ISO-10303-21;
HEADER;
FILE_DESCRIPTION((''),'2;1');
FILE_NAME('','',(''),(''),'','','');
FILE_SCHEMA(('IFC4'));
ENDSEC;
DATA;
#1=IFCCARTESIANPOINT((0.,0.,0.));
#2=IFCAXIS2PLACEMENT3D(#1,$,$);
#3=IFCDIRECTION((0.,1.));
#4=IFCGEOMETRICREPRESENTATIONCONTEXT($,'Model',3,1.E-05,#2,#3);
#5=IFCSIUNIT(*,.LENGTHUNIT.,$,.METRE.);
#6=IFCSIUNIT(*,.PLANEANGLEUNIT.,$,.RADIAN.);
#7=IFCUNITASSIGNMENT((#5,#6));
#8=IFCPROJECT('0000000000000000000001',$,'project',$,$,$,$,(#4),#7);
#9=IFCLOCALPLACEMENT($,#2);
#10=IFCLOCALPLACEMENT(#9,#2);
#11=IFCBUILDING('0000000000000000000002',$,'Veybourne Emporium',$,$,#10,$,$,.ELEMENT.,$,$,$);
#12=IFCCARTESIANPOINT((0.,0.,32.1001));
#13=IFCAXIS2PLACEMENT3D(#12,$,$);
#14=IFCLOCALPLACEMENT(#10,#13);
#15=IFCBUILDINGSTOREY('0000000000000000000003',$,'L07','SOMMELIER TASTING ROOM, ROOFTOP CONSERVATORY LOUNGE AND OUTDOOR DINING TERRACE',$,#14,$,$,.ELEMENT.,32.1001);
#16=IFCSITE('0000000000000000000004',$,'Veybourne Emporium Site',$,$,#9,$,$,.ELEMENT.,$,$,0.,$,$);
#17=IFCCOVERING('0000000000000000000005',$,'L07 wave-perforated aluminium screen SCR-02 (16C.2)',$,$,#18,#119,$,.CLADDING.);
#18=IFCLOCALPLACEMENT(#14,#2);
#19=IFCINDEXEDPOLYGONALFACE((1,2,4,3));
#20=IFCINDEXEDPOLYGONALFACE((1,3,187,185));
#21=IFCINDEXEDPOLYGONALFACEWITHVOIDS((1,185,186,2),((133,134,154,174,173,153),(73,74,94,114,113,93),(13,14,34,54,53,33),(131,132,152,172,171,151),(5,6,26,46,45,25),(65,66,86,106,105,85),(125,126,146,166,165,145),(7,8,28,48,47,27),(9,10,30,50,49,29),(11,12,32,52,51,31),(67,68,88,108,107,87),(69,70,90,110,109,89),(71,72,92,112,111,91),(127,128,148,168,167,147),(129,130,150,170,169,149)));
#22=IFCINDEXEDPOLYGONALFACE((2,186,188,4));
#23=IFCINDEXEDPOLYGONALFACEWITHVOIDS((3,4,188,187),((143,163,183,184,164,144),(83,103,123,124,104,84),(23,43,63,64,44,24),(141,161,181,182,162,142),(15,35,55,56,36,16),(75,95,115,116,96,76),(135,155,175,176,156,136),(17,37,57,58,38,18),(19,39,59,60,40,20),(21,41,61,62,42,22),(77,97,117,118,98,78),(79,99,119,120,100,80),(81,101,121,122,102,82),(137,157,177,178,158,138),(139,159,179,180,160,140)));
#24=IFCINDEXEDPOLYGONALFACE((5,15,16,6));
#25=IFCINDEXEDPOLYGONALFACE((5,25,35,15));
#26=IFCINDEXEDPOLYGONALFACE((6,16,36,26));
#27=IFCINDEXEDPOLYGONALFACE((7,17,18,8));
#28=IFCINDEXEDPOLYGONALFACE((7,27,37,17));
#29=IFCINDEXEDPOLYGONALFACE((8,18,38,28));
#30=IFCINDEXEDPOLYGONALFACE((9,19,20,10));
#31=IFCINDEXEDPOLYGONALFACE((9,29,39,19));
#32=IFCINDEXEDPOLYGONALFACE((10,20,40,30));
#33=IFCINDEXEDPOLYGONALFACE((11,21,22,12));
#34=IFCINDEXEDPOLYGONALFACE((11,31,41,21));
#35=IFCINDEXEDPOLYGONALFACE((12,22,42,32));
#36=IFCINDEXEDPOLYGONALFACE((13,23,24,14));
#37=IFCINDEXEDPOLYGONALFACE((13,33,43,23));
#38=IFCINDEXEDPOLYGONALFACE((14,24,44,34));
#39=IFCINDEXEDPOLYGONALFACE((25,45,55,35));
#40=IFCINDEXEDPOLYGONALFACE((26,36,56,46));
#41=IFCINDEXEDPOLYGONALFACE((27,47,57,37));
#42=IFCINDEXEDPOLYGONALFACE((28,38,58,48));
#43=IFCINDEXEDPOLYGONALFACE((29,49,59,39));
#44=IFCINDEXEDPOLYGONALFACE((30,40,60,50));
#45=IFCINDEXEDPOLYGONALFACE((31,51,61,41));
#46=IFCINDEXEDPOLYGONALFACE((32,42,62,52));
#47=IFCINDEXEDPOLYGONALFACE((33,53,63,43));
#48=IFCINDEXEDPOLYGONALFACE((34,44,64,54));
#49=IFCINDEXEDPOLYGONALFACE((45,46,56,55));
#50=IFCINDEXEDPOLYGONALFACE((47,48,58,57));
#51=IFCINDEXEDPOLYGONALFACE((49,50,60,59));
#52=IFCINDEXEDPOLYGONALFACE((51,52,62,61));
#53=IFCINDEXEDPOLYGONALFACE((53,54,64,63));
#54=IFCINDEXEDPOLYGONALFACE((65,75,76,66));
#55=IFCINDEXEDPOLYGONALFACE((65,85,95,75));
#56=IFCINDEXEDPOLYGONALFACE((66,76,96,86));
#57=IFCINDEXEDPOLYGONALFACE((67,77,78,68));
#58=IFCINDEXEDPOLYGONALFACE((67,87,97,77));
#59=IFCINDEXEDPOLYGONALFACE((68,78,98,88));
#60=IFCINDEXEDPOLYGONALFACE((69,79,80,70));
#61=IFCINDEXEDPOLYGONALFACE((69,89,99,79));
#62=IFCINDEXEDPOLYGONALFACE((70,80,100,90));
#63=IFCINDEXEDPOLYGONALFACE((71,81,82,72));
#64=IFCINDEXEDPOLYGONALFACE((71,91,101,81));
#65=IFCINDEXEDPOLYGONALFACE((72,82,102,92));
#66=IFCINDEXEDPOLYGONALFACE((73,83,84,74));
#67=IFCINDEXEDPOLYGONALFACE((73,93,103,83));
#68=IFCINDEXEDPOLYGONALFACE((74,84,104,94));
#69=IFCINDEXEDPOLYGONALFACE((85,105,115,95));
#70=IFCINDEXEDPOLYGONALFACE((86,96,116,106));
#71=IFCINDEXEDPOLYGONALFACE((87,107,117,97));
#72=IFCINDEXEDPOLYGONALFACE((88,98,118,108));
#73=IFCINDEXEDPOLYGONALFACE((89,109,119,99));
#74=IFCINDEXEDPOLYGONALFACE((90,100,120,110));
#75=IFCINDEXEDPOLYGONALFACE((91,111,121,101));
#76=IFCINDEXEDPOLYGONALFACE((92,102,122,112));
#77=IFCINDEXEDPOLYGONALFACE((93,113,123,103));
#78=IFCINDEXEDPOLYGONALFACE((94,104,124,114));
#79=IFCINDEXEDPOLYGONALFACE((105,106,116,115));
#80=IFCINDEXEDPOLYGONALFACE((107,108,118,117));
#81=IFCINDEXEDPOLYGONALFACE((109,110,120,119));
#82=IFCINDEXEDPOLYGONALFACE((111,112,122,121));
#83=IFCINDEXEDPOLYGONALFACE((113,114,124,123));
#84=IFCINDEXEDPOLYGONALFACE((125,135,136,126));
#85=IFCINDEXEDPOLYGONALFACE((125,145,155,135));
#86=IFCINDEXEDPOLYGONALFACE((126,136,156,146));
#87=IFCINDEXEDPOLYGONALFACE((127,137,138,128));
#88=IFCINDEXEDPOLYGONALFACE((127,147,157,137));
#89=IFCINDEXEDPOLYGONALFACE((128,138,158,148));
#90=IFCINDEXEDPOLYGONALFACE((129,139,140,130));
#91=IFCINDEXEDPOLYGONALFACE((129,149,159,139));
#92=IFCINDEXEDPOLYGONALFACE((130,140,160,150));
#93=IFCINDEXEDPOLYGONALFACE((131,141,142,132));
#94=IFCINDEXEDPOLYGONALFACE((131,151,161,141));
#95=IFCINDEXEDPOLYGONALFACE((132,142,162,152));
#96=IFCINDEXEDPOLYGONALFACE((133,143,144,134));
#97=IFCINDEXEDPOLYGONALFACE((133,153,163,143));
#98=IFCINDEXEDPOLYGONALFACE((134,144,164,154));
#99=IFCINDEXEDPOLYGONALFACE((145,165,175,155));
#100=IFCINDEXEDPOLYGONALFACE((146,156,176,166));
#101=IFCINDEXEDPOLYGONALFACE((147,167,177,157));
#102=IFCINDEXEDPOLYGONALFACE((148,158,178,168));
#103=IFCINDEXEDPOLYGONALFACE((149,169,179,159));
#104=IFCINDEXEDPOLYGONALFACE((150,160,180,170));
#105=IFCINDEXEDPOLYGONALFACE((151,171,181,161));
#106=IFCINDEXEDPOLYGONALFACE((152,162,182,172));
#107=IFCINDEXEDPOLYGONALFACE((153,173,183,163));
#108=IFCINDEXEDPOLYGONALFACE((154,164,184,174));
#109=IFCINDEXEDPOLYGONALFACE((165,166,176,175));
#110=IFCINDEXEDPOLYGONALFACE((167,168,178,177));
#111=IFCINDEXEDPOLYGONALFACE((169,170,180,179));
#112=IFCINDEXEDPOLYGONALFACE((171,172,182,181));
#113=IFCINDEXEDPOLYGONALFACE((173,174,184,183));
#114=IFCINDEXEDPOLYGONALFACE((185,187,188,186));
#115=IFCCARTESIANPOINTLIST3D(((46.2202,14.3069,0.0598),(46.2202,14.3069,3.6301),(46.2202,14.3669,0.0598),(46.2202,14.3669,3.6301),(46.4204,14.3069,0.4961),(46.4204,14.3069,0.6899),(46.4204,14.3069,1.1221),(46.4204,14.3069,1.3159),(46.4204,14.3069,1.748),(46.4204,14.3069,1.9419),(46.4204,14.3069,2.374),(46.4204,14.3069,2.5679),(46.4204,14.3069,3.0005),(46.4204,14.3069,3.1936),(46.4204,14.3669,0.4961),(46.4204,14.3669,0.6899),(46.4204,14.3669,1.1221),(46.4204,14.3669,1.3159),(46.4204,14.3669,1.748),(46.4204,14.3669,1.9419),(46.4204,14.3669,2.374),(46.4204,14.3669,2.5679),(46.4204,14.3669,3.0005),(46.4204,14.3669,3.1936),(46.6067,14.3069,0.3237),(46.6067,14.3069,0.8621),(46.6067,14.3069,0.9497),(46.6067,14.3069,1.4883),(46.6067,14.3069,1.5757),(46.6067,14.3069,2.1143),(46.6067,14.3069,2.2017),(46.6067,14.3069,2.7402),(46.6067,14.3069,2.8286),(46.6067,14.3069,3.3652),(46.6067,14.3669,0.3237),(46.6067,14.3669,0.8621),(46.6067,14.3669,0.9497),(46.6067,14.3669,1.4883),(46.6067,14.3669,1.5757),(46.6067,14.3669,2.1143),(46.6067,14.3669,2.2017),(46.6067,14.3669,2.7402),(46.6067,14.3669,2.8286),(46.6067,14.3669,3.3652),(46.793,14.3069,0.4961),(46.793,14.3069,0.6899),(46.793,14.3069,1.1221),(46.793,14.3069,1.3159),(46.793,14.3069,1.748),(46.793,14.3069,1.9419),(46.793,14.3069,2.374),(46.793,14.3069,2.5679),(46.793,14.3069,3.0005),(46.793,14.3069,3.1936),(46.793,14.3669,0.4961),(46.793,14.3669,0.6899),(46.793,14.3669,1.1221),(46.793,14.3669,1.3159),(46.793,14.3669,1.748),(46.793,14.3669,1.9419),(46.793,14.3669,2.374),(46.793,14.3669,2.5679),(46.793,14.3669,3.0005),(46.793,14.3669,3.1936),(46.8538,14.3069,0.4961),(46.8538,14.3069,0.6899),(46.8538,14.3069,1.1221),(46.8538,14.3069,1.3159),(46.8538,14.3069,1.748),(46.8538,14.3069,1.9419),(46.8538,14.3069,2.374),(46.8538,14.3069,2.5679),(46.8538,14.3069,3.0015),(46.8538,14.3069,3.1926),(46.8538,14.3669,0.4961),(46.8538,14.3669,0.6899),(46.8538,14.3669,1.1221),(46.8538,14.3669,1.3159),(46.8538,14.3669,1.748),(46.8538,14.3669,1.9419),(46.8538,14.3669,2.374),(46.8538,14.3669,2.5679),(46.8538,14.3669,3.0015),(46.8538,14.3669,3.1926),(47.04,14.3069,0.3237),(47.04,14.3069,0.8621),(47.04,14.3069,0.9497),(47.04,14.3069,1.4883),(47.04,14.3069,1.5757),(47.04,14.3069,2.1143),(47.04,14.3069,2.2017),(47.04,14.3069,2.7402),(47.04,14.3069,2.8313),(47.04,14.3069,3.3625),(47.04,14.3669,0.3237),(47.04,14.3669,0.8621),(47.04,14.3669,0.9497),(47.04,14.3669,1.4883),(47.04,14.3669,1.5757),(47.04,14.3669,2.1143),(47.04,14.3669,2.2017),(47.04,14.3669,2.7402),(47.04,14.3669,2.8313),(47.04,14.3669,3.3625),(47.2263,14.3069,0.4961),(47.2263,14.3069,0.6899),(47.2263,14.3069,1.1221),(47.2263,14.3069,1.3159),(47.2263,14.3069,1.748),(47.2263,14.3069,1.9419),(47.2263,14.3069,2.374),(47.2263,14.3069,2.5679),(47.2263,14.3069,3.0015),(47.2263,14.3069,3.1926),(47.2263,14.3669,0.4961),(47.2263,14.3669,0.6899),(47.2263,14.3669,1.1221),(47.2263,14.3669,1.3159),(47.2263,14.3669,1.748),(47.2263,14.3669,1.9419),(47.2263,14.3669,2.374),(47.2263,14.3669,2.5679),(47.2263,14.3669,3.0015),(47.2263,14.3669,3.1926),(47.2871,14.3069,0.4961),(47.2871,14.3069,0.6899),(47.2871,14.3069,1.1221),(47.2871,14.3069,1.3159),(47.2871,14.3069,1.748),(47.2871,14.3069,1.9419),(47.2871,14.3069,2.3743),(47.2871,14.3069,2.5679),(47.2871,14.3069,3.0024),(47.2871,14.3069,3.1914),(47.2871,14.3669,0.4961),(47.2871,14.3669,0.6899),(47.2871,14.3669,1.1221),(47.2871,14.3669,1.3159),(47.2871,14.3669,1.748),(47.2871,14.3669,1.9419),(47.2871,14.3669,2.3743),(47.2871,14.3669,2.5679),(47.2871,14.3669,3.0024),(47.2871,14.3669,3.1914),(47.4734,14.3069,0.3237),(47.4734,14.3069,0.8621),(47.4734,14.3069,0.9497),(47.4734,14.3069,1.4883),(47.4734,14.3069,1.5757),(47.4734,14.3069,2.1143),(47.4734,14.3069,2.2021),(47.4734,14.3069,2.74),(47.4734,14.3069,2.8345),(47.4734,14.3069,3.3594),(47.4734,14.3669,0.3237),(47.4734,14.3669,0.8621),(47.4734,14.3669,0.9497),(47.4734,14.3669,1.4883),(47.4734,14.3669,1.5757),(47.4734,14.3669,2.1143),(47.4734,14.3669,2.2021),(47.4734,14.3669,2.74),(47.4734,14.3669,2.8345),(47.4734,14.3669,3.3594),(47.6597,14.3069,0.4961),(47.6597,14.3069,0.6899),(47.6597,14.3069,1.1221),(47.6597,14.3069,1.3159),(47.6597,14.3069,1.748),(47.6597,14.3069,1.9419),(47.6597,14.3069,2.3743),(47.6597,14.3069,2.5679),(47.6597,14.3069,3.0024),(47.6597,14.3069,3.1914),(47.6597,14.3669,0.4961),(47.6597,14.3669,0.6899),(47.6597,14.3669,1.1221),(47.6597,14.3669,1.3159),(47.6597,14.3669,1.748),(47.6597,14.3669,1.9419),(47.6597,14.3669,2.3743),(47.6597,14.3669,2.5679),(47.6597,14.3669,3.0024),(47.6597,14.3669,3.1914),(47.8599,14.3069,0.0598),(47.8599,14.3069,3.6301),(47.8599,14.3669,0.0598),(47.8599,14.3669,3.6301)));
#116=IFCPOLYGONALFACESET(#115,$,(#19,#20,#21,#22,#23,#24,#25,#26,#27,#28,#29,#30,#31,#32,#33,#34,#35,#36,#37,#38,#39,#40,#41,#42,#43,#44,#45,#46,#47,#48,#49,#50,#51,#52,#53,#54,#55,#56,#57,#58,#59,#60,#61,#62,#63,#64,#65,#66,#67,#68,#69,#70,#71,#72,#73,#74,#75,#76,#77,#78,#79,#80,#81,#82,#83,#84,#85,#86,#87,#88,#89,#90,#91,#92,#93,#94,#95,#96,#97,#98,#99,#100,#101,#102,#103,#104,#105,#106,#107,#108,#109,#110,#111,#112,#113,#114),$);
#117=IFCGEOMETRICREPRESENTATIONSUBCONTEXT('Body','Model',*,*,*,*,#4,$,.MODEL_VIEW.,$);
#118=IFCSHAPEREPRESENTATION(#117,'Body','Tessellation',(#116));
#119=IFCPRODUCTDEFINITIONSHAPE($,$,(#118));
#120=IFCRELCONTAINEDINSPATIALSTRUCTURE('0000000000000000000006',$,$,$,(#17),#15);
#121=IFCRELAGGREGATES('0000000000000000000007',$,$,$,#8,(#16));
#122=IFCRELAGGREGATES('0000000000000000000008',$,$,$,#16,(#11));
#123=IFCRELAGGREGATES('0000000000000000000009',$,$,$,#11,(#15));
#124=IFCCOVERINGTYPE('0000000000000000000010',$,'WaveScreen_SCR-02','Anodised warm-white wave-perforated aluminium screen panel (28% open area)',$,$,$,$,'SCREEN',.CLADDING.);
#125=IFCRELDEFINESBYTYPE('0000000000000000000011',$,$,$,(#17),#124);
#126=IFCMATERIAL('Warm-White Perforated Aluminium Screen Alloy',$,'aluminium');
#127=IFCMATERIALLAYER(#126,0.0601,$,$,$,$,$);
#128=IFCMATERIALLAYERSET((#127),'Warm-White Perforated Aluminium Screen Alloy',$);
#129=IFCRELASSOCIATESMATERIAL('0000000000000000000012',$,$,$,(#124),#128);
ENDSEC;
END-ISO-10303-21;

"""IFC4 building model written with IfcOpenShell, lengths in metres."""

from ifc_helpers import new_model, si_unit, direction, frame, origin, place, context, subcontext, project, spatial, polyline, outline, extrude, material, layer, layer_set, type_object, element, save


model = new_model("IFC4")

# Units and contexts
model_context = context("Model", 3, precision=1e-05, world=origin(), true_north=direction((0.0, 1.0)))
body_context = subcontext(model_context, "Body", "Model", "MODEL_VIEW")
ifc_project = project(units=[si_unit("LENGTHUNIT", "METRE"), si_unit("PLANEANGLEUNIT", "RADIAN")], contexts=[model_context])

# Site, building, storey
site_placement = place(None, origin())
site = spatial("IfcSite", under=ifc_project, at=site_placement, Name="Veybourne Emporium Site", CompositionType="ELEMENT", RefElevation=0.0)
building_placement = place(site_placement, origin())
building = spatial("IfcBuilding", under=site, at=building_placement, Name="Veybourne Emporium", CompositionType="ELEMENT")
storey_placement = place(building_placement, frame((0.0, 0.0, 32.1001)))
storey = spatial("IfcBuildingStorey", under=building, at=storey_placement, Name="L07", Description="SOMMELIER TASTING ROOM, ROOFTOP CONSERVATORY LOUNGE AND OUTDOOR DINING TERRACE", CompositionType="ELEMENT", Elevation=32.1001)

# Covering
ifc_material_1 = material(Name="Warm-White Perforated Aluminium Screen Alloy", Category="aluminium")
ifc_layer_1 = layer(ifc_material_1, 0.0601)
ifc_layer_set_1 = layer_set([ifc_layer_1], Name="Warm-White Perforated Aluminium Screen Alloy")
covering_type_1 = type_object("IfcCoveringType", Name="WaveScreen_SCR-02", Description="Anodised warm-white wave-perforated aluminium screen panel (28% open area)", ElementType="SCREEN", PredefinedType="CLADDING", material=ifc_layer_set_1)
covering_1_placement = place(storey_placement, frame((47.04, 14.3069, 1.845), z_axis=(0.0, 1.0, 0.0), x_axis=(-1.0, 0.0, 0.0)))
element("IfcCovering", 1, at=covering_1_placement, inside=storey, type_object=covering_type_1, Name="L07 wave-perforated aluminium screen SCR-02 (16C.2)", PredefinedType="CLADDING", context=body_context, shape_type="SweptSolid", body=[
    extrude(outline(polyline([(-0.8198, -1.7852), (0.8198, -1.7852), (0.8198, 1.7852), (-0.8198, 1.7852), (-0.8198, -1.7852)]), holes=[polyline([(-0.4333, -0.9829), (-0.2471, -1.155), (-0.2471, -1.3489), (-0.4333, -1.5212), (-0.6196, -1.3489), (-0.6196, -1.155), (-0.4333, -0.9829)]), polyline([(-0.4333, -0.3567), (-0.2471, -0.5291), (-0.2471, -0.7229), (-0.4333, -0.8953), (-0.6196, -0.7229), (-0.6196, -0.5291), (-0.4333, -0.3567)]), polyline([(-0.4333, 0.2693), (-0.2471, 0.0969), (-0.2471, -0.0969), (-0.4333, -0.2693), (-0.6196, -0.0969), (-0.6196, 0.0969), (-0.4333, 0.2693)]), polyline([(-0.4333, 0.895), (-0.2471, 0.7229), (-0.2471, 0.5293), (-0.4333, 0.3572), (-0.6196, 0.5293), (-0.6196, 0.7229), (-0.4333, 0.895)]), polyline([(-0.4333, 1.5144), (-0.2471, 1.3464), (-0.2471, 1.1575), (-0.4333, 0.9895), (-0.6196, 1.1575), (-0.6196, 1.3464), (-0.4333, 1.5144)]), polyline([(0.0, -0.9829), (0.1863, -1.155), (0.1863, -1.3489), (0.0, -1.5212), (-0.1863, -1.3489), (-0.1863, -1.155), (0.0, -0.9829)]), polyline([(0.0, -0.3567), (0.1863, -0.5291), (0.1863, -0.7229), (0.0, -0.8953), (-0.1863, -0.7229), (-0.1863, -0.5291), (0.0, -0.3567)]), polyline([(0.0, 0.2693), (0.1863, 0.0969), (0.1863, -0.0969), (0.0, -0.2693), (-0.1863, -0.0969), (-0.1863, 0.0969), (0.0, 0.2693)]), polyline([(0.0, 0.8953), (0.1863, 0.7229), (0.1863, 0.5291), (0.0, 0.3567), (-0.1863, 0.5291), (-0.1863, 0.7229), (0.0, 0.8953)]), polyline([(0.0, 1.5176), (0.1863, 1.3477), (0.1863, 1.1565), (0.0, 0.9863), (-0.1863, 1.1565), (-0.1863, 1.3477), (0.0, 1.5176)]), polyline([(0.4333, -0.9829), (0.6196, -1.155), (0.6196, -1.3489), (0.4333, -1.5212), (0.2471, -1.3489), (0.2471, -1.155), (0.4333, -0.9829)]), polyline([(0.4333, -0.3567), (0.6196, -0.5291), (0.6196, -0.7229), (0.4333, -0.8953), (0.2471, -0.7229), (0.2471, -0.5291), (0.4333, -0.3567)]), polyline([(0.4333, 0.2693), (0.6196, 0.0969), (0.6196, -0.0969), (0.4333, -0.2693), (0.2471, -0.0969), (0.2471, 0.0969), (0.4333, 0.2693)]), polyline([(0.4333, 0.8953), (0.6196, 0.7229), (0.6196, 0.5291), (0.4333, 0.3567), (0.2471, 0.5291), (0.2471, 0.7229), (0.4333, 0.8953)]), polyline([(0.4333, 1.5203), (0.6196, 1.3486), (0.6196, 1.1555), (0.4333, 0.9836), (0.2471, 1.1555), (0.2471, 1.3486), (0.4333, 1.5203)])]), origin(), (0.0, 0.0, 1.0), 0.0601),
])

save(model, "model.ifc")
